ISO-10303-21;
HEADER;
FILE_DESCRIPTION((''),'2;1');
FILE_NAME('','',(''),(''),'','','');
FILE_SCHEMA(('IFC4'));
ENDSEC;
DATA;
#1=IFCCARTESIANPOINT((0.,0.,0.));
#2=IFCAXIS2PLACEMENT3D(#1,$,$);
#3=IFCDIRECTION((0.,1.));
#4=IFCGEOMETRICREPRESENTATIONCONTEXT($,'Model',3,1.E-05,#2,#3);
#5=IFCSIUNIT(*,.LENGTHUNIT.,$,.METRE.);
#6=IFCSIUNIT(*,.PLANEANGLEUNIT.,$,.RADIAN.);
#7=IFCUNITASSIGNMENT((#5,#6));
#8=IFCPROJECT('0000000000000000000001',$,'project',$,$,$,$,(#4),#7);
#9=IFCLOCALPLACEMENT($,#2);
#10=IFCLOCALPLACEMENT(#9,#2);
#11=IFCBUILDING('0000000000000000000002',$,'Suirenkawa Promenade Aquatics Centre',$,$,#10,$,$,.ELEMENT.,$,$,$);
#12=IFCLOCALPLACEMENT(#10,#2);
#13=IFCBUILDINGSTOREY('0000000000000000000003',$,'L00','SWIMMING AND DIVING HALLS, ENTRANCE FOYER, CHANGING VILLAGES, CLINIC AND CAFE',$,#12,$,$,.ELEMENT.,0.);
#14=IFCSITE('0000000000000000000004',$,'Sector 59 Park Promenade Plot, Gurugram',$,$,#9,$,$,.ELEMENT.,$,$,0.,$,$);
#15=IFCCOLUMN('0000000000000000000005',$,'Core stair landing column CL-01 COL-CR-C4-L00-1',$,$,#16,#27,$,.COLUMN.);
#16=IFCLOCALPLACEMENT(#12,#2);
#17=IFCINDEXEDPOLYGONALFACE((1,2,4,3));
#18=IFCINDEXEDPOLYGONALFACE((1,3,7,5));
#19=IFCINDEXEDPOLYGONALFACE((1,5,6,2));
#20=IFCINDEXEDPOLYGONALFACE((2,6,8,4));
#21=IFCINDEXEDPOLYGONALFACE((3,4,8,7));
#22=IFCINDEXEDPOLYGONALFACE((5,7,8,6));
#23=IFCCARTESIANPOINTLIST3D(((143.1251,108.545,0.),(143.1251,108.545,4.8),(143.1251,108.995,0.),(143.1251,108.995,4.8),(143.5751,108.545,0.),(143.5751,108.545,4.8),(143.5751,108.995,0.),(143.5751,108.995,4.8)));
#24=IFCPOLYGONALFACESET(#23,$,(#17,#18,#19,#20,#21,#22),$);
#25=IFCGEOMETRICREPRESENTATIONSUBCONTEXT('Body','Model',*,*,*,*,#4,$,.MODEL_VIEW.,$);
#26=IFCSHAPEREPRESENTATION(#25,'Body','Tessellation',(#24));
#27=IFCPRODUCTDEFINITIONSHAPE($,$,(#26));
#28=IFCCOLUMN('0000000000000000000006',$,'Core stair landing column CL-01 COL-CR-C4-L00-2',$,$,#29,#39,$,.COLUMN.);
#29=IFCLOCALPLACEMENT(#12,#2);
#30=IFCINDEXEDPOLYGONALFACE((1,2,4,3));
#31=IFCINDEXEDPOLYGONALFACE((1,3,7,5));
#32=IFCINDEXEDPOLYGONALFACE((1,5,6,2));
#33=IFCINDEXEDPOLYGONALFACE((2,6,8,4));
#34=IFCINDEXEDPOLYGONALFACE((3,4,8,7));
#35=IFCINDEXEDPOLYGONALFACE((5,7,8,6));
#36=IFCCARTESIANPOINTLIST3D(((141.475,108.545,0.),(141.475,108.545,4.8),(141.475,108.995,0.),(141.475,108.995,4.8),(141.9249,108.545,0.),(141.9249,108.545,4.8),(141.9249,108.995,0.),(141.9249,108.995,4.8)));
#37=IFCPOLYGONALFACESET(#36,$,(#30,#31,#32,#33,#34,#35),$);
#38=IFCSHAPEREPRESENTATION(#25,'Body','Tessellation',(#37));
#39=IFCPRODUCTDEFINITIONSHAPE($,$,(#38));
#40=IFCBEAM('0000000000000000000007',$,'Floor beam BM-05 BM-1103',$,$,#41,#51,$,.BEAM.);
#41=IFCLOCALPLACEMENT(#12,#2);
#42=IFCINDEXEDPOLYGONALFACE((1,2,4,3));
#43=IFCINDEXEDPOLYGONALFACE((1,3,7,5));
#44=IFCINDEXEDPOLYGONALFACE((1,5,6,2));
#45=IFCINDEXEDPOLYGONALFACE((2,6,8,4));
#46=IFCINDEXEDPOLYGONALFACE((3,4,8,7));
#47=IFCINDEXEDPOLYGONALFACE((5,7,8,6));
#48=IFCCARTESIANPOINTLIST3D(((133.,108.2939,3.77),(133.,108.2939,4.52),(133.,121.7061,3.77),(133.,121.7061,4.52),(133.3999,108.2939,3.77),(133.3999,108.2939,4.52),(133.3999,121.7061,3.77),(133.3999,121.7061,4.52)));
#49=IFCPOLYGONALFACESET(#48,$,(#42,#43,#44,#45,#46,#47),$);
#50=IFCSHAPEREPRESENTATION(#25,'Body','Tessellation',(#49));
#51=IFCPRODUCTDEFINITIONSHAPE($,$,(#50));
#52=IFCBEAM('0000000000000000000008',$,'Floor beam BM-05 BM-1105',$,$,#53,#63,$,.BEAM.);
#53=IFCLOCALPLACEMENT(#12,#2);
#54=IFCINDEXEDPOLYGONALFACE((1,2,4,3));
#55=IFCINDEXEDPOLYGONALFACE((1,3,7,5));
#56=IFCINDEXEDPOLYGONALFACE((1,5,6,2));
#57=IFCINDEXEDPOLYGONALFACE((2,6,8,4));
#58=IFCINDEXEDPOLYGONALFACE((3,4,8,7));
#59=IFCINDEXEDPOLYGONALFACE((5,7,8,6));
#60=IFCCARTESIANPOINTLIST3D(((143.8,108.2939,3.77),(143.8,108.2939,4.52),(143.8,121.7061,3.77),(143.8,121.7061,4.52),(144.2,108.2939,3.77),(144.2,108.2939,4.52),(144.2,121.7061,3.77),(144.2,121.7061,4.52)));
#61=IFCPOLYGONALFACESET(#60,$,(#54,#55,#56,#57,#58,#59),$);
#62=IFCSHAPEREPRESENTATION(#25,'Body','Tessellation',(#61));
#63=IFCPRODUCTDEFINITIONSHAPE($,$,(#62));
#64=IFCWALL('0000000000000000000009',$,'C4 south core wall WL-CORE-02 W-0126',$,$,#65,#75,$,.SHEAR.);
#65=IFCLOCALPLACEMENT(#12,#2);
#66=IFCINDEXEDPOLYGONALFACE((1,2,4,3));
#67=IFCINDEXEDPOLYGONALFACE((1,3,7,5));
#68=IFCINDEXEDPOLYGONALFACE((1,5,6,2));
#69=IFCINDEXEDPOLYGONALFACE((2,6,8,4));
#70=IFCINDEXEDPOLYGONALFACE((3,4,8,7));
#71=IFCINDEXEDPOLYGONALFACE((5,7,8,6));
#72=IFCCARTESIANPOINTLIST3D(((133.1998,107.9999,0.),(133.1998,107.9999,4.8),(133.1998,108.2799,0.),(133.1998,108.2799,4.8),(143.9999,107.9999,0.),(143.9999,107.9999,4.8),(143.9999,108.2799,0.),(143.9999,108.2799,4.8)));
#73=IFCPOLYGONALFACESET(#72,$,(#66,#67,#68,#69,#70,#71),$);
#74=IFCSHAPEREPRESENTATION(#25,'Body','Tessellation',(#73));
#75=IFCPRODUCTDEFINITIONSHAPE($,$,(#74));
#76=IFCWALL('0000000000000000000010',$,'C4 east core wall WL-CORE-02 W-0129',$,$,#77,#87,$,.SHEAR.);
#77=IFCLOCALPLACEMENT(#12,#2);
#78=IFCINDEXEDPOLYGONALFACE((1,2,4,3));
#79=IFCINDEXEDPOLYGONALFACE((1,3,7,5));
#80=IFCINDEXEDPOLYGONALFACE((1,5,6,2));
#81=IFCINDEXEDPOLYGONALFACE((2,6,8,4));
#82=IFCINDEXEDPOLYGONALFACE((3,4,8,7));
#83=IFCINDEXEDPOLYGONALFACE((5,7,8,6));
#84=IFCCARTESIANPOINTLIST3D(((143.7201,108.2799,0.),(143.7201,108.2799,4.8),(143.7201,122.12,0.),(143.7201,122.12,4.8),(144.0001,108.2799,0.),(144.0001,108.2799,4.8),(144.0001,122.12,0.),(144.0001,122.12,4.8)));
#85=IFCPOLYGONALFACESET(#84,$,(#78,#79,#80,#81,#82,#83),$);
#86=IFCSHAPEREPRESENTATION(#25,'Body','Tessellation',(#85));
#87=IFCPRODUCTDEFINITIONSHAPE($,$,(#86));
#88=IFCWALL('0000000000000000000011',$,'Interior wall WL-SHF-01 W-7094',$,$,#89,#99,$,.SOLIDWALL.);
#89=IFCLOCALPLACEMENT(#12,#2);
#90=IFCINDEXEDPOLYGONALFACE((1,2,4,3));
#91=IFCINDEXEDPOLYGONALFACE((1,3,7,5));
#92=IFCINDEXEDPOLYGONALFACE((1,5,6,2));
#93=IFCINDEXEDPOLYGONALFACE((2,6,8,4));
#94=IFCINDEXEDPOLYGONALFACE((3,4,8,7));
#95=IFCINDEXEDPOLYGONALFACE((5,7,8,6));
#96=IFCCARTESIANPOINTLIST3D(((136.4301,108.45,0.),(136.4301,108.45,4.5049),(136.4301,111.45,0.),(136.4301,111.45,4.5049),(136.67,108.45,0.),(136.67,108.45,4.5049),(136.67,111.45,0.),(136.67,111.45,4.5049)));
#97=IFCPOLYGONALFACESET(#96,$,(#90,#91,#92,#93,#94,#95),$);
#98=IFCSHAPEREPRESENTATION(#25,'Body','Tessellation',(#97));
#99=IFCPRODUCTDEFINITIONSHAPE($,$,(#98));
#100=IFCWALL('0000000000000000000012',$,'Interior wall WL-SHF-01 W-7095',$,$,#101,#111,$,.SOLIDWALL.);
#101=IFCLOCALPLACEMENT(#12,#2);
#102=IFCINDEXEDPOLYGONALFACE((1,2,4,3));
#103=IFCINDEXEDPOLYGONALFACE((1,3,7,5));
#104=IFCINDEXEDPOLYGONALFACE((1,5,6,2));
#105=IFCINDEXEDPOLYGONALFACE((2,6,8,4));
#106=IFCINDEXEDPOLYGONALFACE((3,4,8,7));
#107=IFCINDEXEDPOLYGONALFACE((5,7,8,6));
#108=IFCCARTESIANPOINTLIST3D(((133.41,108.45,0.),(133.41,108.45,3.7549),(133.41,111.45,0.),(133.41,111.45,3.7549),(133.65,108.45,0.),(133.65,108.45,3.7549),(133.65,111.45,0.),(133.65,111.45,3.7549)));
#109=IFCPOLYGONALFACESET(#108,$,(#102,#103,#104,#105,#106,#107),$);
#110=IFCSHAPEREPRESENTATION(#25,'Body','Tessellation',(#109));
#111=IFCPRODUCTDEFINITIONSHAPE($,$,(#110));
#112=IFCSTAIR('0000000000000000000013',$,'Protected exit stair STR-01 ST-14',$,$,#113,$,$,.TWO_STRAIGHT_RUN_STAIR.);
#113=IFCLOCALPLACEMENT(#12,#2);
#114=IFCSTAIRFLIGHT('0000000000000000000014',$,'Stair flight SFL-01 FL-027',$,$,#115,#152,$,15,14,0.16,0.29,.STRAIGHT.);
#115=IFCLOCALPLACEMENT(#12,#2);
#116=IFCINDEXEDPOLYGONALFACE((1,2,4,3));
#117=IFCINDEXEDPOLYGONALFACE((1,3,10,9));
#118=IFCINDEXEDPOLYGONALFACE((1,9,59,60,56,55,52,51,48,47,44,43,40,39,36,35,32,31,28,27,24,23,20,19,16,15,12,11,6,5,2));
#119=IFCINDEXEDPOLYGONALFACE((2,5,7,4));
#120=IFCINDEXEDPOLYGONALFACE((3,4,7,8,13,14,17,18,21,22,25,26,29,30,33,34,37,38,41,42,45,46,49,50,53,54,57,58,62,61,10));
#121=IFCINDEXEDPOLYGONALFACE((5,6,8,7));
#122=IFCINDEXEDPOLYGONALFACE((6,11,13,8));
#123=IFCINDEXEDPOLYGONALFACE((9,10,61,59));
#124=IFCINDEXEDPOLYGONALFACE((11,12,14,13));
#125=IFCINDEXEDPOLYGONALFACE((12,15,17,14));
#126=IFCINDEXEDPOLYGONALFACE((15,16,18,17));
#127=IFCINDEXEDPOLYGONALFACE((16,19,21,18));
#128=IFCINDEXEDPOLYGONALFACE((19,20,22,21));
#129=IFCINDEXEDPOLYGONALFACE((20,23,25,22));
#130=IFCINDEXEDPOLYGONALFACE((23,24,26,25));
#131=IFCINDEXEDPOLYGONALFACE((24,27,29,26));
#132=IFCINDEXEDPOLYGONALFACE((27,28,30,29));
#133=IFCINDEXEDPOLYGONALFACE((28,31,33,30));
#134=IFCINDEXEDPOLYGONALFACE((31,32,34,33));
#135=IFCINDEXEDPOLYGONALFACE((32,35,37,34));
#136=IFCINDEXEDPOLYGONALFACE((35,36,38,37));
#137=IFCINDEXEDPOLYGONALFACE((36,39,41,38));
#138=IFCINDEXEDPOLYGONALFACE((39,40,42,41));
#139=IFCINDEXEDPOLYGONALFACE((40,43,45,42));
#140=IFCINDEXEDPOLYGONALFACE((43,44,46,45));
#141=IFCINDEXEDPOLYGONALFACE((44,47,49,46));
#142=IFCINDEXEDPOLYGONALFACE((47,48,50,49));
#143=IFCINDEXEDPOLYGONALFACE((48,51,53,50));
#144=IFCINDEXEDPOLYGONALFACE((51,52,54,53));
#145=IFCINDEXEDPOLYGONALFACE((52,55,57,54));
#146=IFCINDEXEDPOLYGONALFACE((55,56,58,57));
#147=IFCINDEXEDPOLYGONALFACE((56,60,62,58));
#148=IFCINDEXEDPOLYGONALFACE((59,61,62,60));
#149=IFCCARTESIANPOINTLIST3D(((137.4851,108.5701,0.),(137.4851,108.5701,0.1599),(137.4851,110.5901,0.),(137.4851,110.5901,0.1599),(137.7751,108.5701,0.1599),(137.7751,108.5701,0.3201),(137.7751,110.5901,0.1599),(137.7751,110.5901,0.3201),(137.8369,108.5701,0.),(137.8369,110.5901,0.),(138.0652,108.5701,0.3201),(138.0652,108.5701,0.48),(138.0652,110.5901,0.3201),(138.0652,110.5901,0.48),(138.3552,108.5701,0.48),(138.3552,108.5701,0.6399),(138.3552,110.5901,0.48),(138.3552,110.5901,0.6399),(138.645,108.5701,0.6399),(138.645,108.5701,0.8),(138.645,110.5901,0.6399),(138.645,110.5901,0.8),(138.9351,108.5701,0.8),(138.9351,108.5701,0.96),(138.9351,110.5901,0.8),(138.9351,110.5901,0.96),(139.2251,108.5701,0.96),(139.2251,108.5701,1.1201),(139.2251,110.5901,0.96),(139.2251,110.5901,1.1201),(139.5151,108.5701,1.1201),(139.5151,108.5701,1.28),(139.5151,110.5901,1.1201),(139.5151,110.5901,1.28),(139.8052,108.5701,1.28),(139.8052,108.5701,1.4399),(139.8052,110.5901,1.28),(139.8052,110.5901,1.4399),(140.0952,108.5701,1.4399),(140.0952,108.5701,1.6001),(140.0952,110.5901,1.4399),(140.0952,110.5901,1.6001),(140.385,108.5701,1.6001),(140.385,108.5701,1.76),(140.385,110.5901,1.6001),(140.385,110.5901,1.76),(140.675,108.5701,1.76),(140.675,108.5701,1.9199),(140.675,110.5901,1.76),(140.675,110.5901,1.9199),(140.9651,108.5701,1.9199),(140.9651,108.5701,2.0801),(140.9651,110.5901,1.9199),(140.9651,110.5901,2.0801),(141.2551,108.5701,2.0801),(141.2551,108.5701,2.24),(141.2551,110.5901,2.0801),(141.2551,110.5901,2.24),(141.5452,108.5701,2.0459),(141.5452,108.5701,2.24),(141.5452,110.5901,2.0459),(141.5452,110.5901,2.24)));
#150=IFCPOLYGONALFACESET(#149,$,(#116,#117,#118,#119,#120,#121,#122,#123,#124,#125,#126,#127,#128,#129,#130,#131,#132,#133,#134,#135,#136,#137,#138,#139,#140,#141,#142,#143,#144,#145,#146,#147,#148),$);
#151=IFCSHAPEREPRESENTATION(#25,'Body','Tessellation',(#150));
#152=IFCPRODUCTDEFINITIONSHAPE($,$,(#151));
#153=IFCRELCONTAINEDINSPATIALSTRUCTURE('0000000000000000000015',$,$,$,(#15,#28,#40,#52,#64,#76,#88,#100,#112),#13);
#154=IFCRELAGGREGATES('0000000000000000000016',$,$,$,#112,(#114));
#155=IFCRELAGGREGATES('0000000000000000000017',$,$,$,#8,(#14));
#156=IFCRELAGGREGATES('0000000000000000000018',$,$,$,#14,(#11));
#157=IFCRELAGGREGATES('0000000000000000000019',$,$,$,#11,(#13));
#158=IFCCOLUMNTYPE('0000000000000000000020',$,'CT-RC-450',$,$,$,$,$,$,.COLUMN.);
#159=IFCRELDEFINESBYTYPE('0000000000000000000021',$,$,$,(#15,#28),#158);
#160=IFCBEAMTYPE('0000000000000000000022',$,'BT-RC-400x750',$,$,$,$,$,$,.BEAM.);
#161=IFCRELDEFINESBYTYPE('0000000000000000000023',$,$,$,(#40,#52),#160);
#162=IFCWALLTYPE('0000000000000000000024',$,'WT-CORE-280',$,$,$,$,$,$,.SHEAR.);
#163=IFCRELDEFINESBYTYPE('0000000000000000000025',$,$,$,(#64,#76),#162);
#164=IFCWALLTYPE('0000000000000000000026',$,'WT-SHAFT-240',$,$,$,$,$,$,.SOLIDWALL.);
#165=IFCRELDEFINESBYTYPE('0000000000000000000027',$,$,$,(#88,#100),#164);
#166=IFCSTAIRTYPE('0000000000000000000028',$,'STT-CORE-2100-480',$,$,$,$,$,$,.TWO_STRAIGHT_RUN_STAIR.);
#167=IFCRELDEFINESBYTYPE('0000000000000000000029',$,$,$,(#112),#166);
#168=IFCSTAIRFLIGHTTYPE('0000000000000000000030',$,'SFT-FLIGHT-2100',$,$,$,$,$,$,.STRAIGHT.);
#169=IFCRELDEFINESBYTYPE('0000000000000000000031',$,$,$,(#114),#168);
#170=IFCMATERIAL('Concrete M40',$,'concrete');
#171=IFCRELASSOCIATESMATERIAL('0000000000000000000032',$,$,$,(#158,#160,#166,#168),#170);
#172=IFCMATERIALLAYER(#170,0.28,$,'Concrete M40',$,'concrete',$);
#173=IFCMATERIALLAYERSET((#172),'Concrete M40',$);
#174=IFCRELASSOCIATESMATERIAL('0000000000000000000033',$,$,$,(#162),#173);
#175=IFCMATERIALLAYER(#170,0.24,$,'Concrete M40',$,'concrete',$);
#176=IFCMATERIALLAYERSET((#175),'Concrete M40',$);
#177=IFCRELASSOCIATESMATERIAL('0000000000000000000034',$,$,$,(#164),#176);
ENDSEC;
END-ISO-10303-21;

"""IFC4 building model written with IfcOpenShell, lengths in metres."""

from ifc_helpers import new_model, si_unit, direction, frame, frame_2d, origin, origin_2d, place, context, subcontext, project, spatial, polyline, rectangle, outline, extrude, material, layer, layer_set, material_profile, profile_set, type_object, element, aggregate, save


model = new_model("IFC4")

# Units and contexts
model_context = context("Model", 3, precision=1e-05, world=origin(), true_north=direction((0.0, 1.0)))
body_context = subcontext(model_context, "Body", "Model", "MODEL_VIEW")
ifc_project = project(units=[si_unit("LENGTHUNIT", "METRE"), si_unit("PLANEANGLEUNIT", "RADIAN")], contexts=[model_context])

# Site, building, storey
site_placement = place(None, origin())
site = spatial("IfcSite", under=ifc_project, at=site_placement, Name="Sector 59 Park Promenade Plot, Gurugram", CompositionType="ELEMENT", RefElevation=0.0)
building_placement = place(site_placement, origin())
building = spatial("IfcBuilding", under=site, at=building_placement, Name="Suirenkawa Promenade Aquatics Centre", CompositionType="ELEMENT")
storey_placement = place(building_placement, origin())
storey = spatial("IfcBuildingStorey", under=building, at=storey_placement, Name="L00", Description="SWIMMING AND DIVING HALLS, ENTRANCE FOYER, CHANGING VILLAGES, CLINIC AND CAFE", CompositionType="ELEMENT", Elevation=0.0)

# Columns
ifc_material_1 = material(Name="Concrete M40", Category="concrete")
ifc_material_profile_1 = material_profile(ifc_material_1, rectangle(XDim=0.45, YDim=0.45, at=origin_2d()), Name="RC COL 450x450", Category="concrete")
ifc_profile_set_1 = profile_set([ifc_material_profile_1], Name="Concrete M40")
column_type = type_object("IfcColumnType", Name="CT-RC-450", PredefinedType="COLUMN", material=ifc_profile_set_1)
for number, where, z_axis, x_axis, name in (
    (1, (143.3501, 108.77, 0.0), (0.0, 0.0, 1.0), (1.0, 0.0, 0.0), "Core stair landing column CL-01 COL-CR-C4-L00-1"),
    (2, (141.7, 108.77, 0.0), (0.0, 0.0, 1.0), (1.0, 0.0, 0.0), "Core stair landing column CL-01 COL-CR-C4-L00-2"),
):
    element("IfcColumn", number, at=place(storey_placement, frame(where, z_axis=z_axis, x_axis=x_axis)), inside=storey, type_object=column_type, Name=name, PredefinedType="COLUMN", context=body_context, shape_type="SweptSolid", body=[
        extrude(rectangle(XDim=0.45, YDim=0.45, at=origin_2d()), origin(), (0.0, 0.0, 1.0), 4.8),
    ])

# Beams
ifc_material_profile_2 = material_profile(ifc_material_1, rectangle(XDim=0.3999, YDim=0.75, at=origin_2d()), Name="RC BM 400x750", Category="concrete")
ifc_profile_set_2 = profile_set([ifc_material_profile_2], Name="Concrete M40")
beam_type = type_object("IfcBeamType", Name="BT-RC-400x750", PredefinedType="BEAM", material=ifc_profile_set_2)
for number, where, z_axis, x_axis, name in (
    (3, (133.2, 108.2939, 4.145), (0.0, 1.0, 0.0), (-1.0, 0.0, 0.0), "Floor beam BM-05 BM-1103"),
    (4, (144.0, 108.2939, 4.145), (0.0, 1.0, 0.0), (-1.0, 0.0, 0.0), "Floor beam BM-05 BM-1105"),
):
    element("IfcBeam", number, at=place(storey_placement, frame(where, z_axis=z_axis, x_axis=x_axis)), inside=storey, type_object=beam_type, Name=name, PredefinedType="BEAM", context=body_context, shape_type="SweptSolid", body=[
        extrude(rectangle(XDim=0.3999, YDim=0.75, at=origin_2d()), origin(), (0.0, 0.0, 1.0), 13.4121),
    ])

# Walls
ifc_layer_1 = layer(ifc_material_1, 0.28, Name="Concrete M40", Category="concrete")
ifc_layer_set_1 = layer_set([ifc_layer_1], Name="Concrete M40")
wall_type_1 = type_object("IfcWallType", Name="WT-CORE-280", PredefinedType="SHEAR", material=ifc_layer_set_1)
wall_1_placement = place(storey_placement, frame((133.2, 108.1399, 0.0), z_axis=(0.0, 0.0, 1.0), x_axis=(1.0, 0.0, 0.0)))
element("IfcWall", 5, at=wall_1_placement, inside=storey, type_object=wall_type_1, Name="C4 south core wall WL-CORE-02 W-0126", PredefinedType="SHEAR", context=body_context, shape_type="SweptSolid", body=[
    extrude(rectangle(XDim=10.8, YDim=0.28, at=frame_2d((5.3999, 0.0))), origin(), (0.0, 0.0, 1.0), 4.8),
])
wall_2_placement = place(storey_placement, frame((143.8601, 108.28, 0.0), z_axis=(0.0, 0.0, 1.0), x_axis=(0.0, 1.0, 0.0)))
element("IfcWall", 6, at=wall_2_placement, inside=storey, type_object=wall_type_1, Name="C4 east core wall WL-CORE-02 W-0129", PredefinedType="SHEAR", context=body_context, shape_type="SweptSolid", body=[
    extrude(rectangle(XDim=13.8401, YDim=0.28, at=frame_2d((6.9199, 0.0))), origin(), (0.0, 0.0, 1.0), 4.8),
])
ifc_layer_2 = layer(ifc_material_1, 0.24, Name="Concrete M40", Category="concrete")
ifc_layer_set_2 = layer_set([ifc_layer_2], Name="Concrete M40")
wall_type_2 = type_object("IfcWallType", Name="WT-SHAFT-240", PredefinedType="SOLIDWALL", material=ifc_layer_set_2)
wall_3_placement = place(storey_placement, frame((136.55, 108.45, 0.0), z_axis=(0.0, 0.0, 1.0), x_axis=(0.0, 1.0, 0.0)))
element("IfcWall", 7, at=wall_3_placement, inside=storey, type_object=wall_type_2, Name="Interior wall WL-SHF-01 W-7094", PredefinedType="SOLIDWALL", context=body_context, shape_type="SweptSolid", body=[
    extrude(rectangle(XDim=3.0, YDim=0.24, at=frame_2d((1.5, 0.0))), origin(), (0.0, 0.0, 1.0), 4.5049),
])
wall_4_placement = place(storey_placement, frame((133.53, 108.45, 0.0), z_axis=(0.0, 0.0, 1.0), x_axis=(0.0, 1.0, 0.0)))
element("IfcWall", 8, at=wall_4_placement, inside=storey, type_object=wall_type_2, Name="Interior wall WL-SHF-01 W-7095", PredefinedType="SOLIDWALL", context=body_context, shape_type="SweptSolid", body=[
    extrude(rectangle(XDim=3.0, YDim=0.24, at=frame_2d((1.5, 0.0))), origin(), (0.0, 0.0, 1.0), 3.7549),
])

# Stair, stair flight
stair_type = type_object("IfcStairType", Name="STT-CORE-2100-480", PredefinedType="TWO_STRAIGHT_RUN_STAIR", material=ifc_material_1)
stair_placement = place(storey_placement, origin())
stair = element("IfcStair", 9, at=stair_placement, inside=storey, type_object=stair_type, Name="Protected exit stair STR-01 ST-14", PredefinedType="TWO_STRAIGHT_RUN_STAIR")
stair_flight_type = type_object("IfcStairFlightType", Name="SFT-FLIGHT-2100", PredefinedType="STRAIGHT", material=ifc_material_1)
stair_flight_placement = place(storey_placement, frame((137.4851, 109.5801, 0.0), z_axis=(0.0, 0.0, 1.0), x_axis=(1.0, 0.0, 0.0)))
stair_flight = element("IfcStairFlight", 10, at=stair_flight_placement, type_object=stair_flight_type, Name="Stair flight SFL-01 FL-027", NumberOfRisers=15, NumberOfTreads=14, PredefinedType="STRAIGHT", RiserHeight=0.16, TreadLength=0.29, context=body_context, shape_type="SweptSolid", body=[
    extrude(outline(polyline([(0.0, 0.0), (0.0, 0.1599), (0.29, 0.1599), (0.29, 0.3201), (0.5801, 0.3201), (0.5801, 0.48), (0.8701, 0.48), (0.8701, 0.6399), (1.1599, 0.6399), (1.1599, 0.8), (1.45, 0.8), (1.45, 0.96), (1.74, 0.96), (1.74, 1.1201), (2.03, 1.1201), (2.03, 1.28), (2.3201, 1.28), (2.3201, 1.4399), (2.6101, 1.4399), (2.6101, 1.6001), (2.8999, 1.6001), (2.8999, 1.76), (3.1899, 1.76), (3.1899, 1.9199), (3.48, 1.9199), (3.48, 2.0801), (3.77, 2.0801), (3.77, 2.24), (4.0601, 2.24), (4.0601, 2.3999), (4.0601, 2.0459), (0.3518, 0.0), (0.0, 0.0)])), frame((0.0, 1.01, 0.0), z_axis=(0.0, -1.0, 0.0), x_axis=(1.0, 0.0, 0.0)), (0.0, 0.0, 1.0), 2.02),
])
aggregate(stair, [stair_flight])

save(model, "model.ifc")
